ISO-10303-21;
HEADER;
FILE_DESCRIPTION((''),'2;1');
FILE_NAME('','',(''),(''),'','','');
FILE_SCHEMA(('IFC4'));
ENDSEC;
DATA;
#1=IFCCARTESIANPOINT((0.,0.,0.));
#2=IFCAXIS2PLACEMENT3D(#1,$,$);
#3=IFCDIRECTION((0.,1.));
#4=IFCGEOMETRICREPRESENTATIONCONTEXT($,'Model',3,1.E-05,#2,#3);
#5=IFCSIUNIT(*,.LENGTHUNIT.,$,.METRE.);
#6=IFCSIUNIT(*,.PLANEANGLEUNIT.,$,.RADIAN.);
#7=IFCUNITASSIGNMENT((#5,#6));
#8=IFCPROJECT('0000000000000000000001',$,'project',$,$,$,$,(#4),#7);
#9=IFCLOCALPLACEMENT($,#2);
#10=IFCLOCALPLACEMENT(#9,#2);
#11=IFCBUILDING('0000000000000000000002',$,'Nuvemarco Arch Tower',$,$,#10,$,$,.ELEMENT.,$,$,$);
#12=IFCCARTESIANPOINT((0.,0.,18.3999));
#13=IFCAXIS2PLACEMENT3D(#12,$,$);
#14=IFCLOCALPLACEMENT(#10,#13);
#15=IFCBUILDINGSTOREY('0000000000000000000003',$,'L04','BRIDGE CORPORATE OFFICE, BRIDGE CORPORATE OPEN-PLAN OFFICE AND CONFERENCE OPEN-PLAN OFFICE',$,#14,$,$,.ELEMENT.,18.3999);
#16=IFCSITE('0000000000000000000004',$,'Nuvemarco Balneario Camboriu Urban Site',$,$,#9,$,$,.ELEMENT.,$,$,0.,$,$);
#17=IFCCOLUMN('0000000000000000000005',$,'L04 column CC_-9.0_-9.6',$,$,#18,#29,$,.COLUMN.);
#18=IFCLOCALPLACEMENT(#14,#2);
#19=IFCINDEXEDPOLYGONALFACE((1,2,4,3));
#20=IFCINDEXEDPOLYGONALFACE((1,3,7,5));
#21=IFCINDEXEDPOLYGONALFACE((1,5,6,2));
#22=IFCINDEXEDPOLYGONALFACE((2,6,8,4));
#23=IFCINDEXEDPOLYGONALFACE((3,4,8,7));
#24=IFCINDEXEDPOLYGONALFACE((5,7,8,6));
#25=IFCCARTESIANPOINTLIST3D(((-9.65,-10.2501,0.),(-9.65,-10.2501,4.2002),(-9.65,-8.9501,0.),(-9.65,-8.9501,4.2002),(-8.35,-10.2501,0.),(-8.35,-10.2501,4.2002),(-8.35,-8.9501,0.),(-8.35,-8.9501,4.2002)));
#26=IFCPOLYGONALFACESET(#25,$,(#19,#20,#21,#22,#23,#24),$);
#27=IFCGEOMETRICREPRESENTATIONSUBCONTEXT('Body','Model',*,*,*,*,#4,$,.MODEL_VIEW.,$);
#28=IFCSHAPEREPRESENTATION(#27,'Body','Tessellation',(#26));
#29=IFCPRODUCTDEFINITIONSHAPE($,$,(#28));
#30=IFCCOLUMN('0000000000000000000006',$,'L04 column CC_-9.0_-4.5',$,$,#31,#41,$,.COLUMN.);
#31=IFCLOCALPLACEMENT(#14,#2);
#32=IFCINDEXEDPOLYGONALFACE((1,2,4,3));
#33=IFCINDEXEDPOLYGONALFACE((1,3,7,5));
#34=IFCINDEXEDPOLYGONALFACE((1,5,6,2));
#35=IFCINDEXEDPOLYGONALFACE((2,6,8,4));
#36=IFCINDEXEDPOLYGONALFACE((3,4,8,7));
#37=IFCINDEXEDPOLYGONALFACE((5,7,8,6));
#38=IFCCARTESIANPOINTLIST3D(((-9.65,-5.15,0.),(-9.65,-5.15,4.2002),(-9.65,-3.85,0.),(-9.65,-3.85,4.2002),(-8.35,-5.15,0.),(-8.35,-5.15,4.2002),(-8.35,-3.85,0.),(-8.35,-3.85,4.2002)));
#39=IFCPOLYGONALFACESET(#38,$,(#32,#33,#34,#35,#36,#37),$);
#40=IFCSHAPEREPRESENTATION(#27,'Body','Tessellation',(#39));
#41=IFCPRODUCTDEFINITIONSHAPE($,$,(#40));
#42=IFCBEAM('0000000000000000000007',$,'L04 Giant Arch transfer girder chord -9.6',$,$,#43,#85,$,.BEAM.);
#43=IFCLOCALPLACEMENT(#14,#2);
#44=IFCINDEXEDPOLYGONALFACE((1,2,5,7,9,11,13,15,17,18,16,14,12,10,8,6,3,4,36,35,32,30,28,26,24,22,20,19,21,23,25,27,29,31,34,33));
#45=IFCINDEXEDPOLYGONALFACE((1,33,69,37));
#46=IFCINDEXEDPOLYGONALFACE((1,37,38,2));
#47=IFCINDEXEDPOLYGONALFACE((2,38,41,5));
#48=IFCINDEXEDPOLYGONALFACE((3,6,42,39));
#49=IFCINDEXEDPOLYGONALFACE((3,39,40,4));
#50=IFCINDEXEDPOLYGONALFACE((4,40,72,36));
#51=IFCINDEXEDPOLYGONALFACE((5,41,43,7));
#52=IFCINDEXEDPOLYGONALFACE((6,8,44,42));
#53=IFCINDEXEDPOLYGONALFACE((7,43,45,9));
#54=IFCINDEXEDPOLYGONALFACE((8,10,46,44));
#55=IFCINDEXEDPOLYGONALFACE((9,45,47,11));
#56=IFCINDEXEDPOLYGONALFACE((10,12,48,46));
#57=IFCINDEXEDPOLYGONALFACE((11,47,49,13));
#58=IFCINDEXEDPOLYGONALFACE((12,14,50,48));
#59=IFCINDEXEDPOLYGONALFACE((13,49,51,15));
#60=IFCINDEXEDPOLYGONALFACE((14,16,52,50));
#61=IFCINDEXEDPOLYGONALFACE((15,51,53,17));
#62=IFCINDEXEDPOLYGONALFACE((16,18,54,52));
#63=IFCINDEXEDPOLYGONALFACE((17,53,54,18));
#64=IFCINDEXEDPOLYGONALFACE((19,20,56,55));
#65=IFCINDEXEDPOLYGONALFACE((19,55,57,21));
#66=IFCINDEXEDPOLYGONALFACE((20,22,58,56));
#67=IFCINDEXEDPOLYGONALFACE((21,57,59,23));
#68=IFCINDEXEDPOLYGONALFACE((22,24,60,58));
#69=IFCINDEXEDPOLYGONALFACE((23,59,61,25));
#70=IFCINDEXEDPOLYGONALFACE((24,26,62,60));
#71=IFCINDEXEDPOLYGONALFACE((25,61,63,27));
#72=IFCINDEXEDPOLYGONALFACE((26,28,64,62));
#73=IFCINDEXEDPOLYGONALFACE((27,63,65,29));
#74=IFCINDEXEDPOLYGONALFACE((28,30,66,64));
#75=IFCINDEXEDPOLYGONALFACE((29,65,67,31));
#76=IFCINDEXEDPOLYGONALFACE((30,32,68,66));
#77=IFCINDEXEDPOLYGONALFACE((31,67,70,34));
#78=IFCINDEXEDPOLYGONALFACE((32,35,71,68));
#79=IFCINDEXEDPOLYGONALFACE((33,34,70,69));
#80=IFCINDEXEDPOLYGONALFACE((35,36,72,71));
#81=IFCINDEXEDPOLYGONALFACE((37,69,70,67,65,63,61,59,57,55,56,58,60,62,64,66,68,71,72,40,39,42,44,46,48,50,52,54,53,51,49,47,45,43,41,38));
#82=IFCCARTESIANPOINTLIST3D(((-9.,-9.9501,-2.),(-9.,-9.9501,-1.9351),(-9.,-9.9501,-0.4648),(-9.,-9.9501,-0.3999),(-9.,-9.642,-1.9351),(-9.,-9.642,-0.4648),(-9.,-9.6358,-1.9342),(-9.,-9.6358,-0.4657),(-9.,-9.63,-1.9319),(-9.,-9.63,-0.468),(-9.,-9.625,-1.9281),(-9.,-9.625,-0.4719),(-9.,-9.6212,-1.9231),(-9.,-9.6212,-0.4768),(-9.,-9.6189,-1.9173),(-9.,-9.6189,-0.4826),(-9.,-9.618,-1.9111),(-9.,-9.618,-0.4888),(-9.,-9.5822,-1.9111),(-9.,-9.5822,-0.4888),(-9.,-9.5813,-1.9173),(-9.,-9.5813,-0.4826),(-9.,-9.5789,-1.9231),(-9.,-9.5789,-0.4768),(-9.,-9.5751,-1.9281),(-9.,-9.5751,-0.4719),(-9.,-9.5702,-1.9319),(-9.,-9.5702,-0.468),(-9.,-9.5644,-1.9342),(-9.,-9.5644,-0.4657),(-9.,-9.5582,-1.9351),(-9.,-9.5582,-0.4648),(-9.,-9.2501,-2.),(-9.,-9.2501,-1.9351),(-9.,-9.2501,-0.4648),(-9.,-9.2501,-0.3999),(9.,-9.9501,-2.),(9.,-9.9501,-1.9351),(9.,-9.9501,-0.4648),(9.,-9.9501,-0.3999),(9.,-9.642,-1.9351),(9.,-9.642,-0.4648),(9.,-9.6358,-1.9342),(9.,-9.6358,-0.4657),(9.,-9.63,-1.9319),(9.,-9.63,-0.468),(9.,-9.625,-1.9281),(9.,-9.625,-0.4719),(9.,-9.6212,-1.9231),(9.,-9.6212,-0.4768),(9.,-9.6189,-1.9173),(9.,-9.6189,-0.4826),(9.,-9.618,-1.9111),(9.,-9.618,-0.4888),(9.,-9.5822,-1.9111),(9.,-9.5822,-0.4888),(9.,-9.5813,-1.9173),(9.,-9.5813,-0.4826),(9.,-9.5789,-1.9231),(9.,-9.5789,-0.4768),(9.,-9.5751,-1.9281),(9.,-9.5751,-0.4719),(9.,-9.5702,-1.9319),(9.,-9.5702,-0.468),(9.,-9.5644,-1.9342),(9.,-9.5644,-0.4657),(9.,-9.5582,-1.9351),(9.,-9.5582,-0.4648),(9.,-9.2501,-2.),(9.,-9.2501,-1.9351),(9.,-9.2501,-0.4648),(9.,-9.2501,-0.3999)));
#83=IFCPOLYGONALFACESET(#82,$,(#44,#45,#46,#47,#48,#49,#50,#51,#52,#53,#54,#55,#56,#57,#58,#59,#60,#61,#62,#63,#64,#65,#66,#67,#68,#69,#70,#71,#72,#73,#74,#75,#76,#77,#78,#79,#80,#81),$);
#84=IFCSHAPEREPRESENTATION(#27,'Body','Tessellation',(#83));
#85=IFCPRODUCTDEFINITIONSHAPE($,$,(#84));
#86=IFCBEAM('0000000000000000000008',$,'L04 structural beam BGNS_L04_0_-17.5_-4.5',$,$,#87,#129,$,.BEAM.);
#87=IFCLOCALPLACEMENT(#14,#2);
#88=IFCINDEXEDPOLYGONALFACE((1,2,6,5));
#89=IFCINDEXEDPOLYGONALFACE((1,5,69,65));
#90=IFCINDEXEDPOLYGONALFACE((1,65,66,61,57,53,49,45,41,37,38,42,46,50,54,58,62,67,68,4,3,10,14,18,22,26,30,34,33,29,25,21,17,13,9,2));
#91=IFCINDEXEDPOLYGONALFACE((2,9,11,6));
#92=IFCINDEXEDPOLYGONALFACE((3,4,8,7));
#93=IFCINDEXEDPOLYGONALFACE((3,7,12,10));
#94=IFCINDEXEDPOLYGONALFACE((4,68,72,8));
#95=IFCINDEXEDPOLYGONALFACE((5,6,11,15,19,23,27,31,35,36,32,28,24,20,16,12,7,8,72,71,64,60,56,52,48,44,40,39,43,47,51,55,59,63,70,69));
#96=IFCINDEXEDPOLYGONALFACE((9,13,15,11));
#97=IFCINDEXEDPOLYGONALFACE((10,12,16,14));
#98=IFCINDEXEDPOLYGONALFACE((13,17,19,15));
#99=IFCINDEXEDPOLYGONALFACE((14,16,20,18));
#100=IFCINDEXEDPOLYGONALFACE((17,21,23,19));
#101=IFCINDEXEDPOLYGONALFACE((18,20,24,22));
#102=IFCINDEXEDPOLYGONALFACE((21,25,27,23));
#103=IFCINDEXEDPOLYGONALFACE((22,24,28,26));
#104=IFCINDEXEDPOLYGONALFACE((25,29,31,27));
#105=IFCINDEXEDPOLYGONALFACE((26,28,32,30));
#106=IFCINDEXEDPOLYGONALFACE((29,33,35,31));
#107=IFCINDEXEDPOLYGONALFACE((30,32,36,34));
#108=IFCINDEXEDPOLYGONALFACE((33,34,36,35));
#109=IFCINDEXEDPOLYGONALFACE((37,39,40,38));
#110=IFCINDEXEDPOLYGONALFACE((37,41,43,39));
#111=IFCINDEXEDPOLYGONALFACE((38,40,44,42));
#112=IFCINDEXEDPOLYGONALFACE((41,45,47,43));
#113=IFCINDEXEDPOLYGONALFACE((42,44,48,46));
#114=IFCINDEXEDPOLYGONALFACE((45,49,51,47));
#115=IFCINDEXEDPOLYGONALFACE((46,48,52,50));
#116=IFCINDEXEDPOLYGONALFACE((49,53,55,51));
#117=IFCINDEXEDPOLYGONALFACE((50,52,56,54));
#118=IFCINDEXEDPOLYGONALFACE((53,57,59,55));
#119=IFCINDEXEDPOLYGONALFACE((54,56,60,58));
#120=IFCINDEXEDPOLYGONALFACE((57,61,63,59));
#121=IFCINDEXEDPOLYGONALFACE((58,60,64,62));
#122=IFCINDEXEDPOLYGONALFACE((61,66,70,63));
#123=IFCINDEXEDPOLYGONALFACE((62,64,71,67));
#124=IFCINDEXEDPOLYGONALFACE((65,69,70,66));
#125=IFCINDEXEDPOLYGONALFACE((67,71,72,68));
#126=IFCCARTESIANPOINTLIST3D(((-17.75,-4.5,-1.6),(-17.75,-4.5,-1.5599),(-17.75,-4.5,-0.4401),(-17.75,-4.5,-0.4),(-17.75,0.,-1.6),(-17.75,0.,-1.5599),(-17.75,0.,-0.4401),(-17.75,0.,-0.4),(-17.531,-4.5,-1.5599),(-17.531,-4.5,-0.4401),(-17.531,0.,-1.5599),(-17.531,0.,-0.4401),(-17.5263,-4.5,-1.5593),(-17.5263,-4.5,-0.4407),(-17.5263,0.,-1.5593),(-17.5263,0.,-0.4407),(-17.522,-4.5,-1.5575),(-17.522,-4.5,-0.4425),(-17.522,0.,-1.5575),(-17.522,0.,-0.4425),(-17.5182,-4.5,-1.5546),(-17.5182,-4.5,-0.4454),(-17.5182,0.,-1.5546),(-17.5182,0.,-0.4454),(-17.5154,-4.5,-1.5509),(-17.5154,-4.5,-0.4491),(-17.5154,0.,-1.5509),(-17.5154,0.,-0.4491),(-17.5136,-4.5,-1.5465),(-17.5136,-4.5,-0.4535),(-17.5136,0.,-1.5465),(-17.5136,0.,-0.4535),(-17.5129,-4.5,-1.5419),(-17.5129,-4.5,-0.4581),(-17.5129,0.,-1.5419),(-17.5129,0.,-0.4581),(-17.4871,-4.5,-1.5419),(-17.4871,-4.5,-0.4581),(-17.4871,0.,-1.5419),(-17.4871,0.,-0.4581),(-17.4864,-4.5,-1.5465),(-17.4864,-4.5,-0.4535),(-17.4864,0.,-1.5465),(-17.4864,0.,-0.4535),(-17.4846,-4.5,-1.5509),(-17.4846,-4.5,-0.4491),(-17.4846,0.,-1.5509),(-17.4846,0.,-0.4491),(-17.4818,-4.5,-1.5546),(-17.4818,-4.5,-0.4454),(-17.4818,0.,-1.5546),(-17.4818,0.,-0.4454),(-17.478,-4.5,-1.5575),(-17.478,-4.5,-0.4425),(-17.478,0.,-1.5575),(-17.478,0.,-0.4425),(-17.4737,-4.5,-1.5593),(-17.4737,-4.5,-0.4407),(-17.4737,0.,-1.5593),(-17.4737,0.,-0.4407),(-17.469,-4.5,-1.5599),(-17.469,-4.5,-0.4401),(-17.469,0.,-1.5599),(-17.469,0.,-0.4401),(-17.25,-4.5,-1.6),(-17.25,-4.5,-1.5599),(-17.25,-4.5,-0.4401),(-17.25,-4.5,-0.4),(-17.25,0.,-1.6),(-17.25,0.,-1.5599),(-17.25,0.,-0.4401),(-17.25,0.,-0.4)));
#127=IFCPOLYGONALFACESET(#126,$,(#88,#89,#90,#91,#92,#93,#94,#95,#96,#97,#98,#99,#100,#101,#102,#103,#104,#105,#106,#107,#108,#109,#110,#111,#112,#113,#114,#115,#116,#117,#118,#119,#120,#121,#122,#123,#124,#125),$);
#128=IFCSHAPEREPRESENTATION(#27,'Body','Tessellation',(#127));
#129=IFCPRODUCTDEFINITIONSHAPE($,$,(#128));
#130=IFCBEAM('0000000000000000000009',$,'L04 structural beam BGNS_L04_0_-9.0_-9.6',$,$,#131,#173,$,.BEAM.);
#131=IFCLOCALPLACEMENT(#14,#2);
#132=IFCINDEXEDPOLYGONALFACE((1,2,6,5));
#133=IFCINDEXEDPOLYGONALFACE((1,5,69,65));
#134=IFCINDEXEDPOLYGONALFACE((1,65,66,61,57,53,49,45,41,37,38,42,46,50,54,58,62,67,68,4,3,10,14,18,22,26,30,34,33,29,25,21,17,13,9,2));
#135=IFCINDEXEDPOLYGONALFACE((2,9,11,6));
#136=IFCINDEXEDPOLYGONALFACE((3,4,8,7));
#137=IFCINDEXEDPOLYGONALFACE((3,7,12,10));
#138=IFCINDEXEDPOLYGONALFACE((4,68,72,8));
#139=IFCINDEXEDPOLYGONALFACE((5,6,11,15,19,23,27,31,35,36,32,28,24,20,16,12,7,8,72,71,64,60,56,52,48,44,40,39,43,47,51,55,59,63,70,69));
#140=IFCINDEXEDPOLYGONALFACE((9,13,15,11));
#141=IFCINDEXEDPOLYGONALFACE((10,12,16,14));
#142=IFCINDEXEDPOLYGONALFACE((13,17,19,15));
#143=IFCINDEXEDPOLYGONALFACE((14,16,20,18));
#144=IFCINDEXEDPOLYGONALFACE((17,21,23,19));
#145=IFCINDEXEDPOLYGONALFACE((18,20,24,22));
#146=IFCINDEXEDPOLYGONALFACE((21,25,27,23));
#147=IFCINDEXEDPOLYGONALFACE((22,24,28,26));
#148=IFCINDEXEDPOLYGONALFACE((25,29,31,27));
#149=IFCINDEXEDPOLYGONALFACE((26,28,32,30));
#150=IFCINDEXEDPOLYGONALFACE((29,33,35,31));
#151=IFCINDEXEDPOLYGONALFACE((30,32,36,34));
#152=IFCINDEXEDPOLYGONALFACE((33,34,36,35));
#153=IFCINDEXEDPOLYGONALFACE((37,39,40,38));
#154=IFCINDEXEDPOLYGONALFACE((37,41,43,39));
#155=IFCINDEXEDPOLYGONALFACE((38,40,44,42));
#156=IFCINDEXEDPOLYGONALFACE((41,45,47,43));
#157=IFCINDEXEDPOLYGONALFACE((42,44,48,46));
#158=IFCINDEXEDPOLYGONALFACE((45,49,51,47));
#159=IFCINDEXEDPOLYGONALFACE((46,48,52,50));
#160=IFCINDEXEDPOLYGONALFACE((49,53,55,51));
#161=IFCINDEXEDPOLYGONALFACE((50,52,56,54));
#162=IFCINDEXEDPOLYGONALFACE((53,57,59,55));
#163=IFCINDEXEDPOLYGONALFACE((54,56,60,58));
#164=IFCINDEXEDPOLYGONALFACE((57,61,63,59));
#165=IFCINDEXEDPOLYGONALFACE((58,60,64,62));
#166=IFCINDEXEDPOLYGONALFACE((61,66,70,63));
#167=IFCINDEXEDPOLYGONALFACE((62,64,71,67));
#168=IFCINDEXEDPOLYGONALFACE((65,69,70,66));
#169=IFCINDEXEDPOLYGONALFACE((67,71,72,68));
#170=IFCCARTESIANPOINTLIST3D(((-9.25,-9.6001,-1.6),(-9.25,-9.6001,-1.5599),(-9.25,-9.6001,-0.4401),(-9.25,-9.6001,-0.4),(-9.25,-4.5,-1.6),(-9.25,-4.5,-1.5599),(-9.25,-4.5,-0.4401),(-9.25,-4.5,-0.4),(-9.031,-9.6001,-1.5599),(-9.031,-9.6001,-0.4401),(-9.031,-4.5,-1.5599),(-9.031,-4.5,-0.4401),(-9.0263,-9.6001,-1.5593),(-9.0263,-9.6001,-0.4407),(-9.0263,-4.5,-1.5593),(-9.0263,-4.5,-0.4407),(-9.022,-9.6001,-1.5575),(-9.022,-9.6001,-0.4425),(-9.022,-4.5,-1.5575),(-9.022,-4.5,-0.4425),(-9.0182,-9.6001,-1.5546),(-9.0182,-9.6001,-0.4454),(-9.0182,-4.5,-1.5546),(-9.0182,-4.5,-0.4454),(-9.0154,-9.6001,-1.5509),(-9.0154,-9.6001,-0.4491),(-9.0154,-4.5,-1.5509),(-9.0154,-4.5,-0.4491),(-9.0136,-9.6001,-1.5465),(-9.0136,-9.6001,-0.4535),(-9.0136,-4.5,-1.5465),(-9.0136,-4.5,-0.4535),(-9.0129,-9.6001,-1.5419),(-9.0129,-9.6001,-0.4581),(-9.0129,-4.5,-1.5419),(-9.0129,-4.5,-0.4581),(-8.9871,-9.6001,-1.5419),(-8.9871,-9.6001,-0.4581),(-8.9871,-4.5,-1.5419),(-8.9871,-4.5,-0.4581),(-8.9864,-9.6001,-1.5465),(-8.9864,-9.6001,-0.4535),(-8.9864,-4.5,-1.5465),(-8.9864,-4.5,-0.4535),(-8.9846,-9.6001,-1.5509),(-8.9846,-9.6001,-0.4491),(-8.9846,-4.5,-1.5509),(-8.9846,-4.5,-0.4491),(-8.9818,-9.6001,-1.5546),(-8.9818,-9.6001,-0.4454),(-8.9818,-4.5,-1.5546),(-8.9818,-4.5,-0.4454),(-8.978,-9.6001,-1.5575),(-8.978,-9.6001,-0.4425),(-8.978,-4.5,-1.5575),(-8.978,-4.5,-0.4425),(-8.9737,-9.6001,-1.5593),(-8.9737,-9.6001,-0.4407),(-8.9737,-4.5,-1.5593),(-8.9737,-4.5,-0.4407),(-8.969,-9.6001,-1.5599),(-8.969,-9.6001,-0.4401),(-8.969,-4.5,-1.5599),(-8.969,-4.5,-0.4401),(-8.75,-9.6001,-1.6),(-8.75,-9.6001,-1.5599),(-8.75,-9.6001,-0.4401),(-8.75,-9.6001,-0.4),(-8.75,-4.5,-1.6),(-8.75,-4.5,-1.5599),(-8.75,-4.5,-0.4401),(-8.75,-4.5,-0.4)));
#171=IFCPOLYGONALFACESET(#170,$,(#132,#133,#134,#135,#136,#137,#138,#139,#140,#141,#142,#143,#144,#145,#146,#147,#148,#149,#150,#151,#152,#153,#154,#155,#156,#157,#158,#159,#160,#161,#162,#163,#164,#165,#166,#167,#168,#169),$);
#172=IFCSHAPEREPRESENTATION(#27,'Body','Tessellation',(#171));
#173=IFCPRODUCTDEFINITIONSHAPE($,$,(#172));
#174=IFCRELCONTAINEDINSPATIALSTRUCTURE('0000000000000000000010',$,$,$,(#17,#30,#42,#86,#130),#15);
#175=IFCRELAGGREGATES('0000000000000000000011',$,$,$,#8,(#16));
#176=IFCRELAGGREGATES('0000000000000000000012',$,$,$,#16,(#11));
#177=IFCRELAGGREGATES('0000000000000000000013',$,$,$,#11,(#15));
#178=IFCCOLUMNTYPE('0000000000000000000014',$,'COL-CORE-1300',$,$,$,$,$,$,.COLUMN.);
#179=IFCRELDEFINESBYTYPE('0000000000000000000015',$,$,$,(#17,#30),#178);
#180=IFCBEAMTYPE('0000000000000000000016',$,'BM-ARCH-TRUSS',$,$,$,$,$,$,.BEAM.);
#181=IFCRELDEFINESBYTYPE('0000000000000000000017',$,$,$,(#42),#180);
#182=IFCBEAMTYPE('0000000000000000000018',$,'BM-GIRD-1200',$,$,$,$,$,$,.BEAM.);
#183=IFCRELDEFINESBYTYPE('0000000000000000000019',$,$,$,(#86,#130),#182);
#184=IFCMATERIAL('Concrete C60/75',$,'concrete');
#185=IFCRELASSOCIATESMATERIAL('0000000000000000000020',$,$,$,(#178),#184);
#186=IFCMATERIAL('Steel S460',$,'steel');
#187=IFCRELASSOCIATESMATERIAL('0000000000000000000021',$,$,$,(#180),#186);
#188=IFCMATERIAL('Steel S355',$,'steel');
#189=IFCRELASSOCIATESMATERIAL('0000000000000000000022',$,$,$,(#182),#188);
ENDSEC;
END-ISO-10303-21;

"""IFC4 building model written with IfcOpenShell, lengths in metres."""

from ifc_helpers import new_model, si_unit, direction, frame, origin, origin_2d, place, context, subcontext, project, spatial, rectangle, i_section, extrude, material, material_profile, profile_set, type_object, element, save


model = new_model("IFC4")

# Units and contexts
model_context = context("Model", 3, precision=1e-05, world=origin(), true_north=direction((0.0, 1.0)))
body_context = subcontext(model_context, "Body", "Model", "MODEL_VIEW")
ifc_project = project(units=[si_unit("LENGTHUNIT", "METRE"), si_unit("PLANEANGLEUNIT", "RADIAN")], contexts=[model_context])

# Site, building, storey
site_placement = place(None, origin())
site = spatial("IfcSite", under=ifc_project, at=site_placement, Name="Nuvemarco Balneario Camboriu Urban Site", CompositionType="ELEMENT", RefElevation=0.0)
building_placement = place(site_placement, origin())
building = spatial("IfcBuilding", under=site, at=building_placement, Name="Nuvemarco Arch Tower", CompositionType="ELEMENT")
storey_placement = place(building_placement, frame((0.0, 0.0, 18.3999)))
storey = spatial("IfcBuildingStorey", under=building, at=storey_placement, Name="L04", Description="BRIDGE CORPORATE OFFICE, BRIDGE CORPORATE OPEN-PLAN OFFICE AND CONFERENCE OPEN-PLAN OFFICE", CompositionType="ELEMENT", Elevation=18.3999)

# Columns
ifc_material_1 = material(Name="Concrete C60/75", Category="concrete")
ifc_material_profile_1 = material_profile(ifc_material_1, rectangle(XDim=1.3, YDim=1.3, at=origin_2d()), Name="RC-COL-1300x1300")
ifc_profile_set_1 = profile_set([ifc_material_profile_1], Name="Concrete C60/75")
column_type = type_object("IfcColumnType", Name="COL-CORE-1300", PredefinedType="COLUMN", material=ifc_profile_set_1)
for number, where, z_axis, x_axis, name in (
    (1, (-9.0, -9.6001, 0.0), (0.0, 0.0, 1.0), (1.0, 0.0, 0.0), "L04 column CC_-9.0_-9.6"),
    (2, (-9.0, -4.5, 0.0), (0.0, 0.0, 1.0), (1.0, 0.0, 0.0), "L04 column CC_-9.0_-4.5"),
):
    element("IfcColumn", number, at=place(storey_placement, frame(where, z_axis=z_axis, x_axis=x_axis)), inside=storey, type_object=column_type, Name=name, PredefinedType="COLUMN", context=body_context, shape_type="SweptSolid", body=[
        extrude(rectangle(XDim=1.3, YDim=1.3, at=origin_2d()), origin(), (0.0, 0.0, 1.0), 4.2002),
    ])

# Beams
ifc_material_2 = material(Name="Steel S460", Category="steel")
ifc_material_profile_2 = material_profile(ifc_material_2, i_section(OverallWidth=0.7, OverallDepth=1.6001, WebThickness=0.0359, FlangeThickness=0.0649, FilletRadius=0.0239, at=origin_2d()), Name="PG1600x700")
ifc_profile_set_2 = profile_set([ifc_material_profile_2], Name="Steel S460")
beam_type_1 = type_object("IfcBeamType", Name="BM-ARCH-TRUSS", PredefinedType="BEAM", material=ifc_profile_set_2)
beam_1_placement = place(storey_placement, frame((-9.0, -9.6001, -1.2), z_axis=(1.0, 0.0, 0.0), x_axis=(0.0, 1.0, 0.0)))
element("IfcBeam", 3, at=beam_1_placement, inside=storey, type_object=beam_type_1, Name="L04 Giant Arch transfer girder chord -9.6", PredefinedType="BEAM", context=body_context, shape_type="SweptSolid", body=[
    extrude(i_section(OverallWidth=0.7, OverallDepth=1.6001, WebThickness=0.0359, FlangeThickness=0.0649, FilletRadius=0.0239, at=origin_2d()), origin(), (0.0, 0.0, 1.0), 18.0),
])
ifc_material_3 = material(Name="Steel S355", Category="steel")
ifc_material_profile_3 = material_profile(ifc_material_3, i_section(OverallWidth=0.5, OverallDepth=1.2, WebThickness=0.0259, FlangeThickness=0.04, FilletRadius=0.0181, at=origin_2d()), Name="PG1200x500")
ifc_profile_set_3 = profile_set([ifc_material_profile_3], Name="Steel S355")
beam_type_2 = type_object("IfcBeamType", Name="BM-GIRD-1200", PredefinedType="BEAM", material=ifc_profile_set_3)
beam_2_placement = place(storey_placement, frame((-17.5, -4.5, -1.0), z_axis=(0.0, 1.0, 0.0), x_axis=(-1.0, 0.0, 0.0)))
element("IfcBeam", 4, at=beam_2_placement, inside=storey, type_object=beam_type_2, Name="L04 structural beam BGNS_L04_0_-17.5_-4.5", PredefinedType="BEAM", context=body_context, shape_type="SweptSolid", body=[
    extrude(i_section(OverallWidth=0.5, OverallDepth=1.2, WebThickness=0.0259, FlangeThickness=0.04, FilletRadius=0.0181, at=origin_2d()), origin(), (0.0, 0.0, 1.0), 4.5),
])
beam_3_placement = place(storey_placement, frame((-9.0, -9.6001, -1.0), z_axis=(0.0, 1.0, 0.0), x_axis=(-1.0, 0.0, 0.0)))
element("IfcBeam", 5, at=beam_3_placement, inside=storey, type_object=beam_type_2, Name="L04 structural beam BGNS_L04_0_-9.0_-9.6", PredefinedType="BEAM", context=body_context, shape_type="SweptSolid", body=[
    extrude(i_section(OverallWidth=0.5, OverallDepth=1.2, WebThickness=0.0259, FlangeThickness=0.04, FilletRadius=0.0181, at=origin_2d()), origin(), (0.0, 0.0, 1.0), 5.1001),
])

save(model, "model.ifc")
